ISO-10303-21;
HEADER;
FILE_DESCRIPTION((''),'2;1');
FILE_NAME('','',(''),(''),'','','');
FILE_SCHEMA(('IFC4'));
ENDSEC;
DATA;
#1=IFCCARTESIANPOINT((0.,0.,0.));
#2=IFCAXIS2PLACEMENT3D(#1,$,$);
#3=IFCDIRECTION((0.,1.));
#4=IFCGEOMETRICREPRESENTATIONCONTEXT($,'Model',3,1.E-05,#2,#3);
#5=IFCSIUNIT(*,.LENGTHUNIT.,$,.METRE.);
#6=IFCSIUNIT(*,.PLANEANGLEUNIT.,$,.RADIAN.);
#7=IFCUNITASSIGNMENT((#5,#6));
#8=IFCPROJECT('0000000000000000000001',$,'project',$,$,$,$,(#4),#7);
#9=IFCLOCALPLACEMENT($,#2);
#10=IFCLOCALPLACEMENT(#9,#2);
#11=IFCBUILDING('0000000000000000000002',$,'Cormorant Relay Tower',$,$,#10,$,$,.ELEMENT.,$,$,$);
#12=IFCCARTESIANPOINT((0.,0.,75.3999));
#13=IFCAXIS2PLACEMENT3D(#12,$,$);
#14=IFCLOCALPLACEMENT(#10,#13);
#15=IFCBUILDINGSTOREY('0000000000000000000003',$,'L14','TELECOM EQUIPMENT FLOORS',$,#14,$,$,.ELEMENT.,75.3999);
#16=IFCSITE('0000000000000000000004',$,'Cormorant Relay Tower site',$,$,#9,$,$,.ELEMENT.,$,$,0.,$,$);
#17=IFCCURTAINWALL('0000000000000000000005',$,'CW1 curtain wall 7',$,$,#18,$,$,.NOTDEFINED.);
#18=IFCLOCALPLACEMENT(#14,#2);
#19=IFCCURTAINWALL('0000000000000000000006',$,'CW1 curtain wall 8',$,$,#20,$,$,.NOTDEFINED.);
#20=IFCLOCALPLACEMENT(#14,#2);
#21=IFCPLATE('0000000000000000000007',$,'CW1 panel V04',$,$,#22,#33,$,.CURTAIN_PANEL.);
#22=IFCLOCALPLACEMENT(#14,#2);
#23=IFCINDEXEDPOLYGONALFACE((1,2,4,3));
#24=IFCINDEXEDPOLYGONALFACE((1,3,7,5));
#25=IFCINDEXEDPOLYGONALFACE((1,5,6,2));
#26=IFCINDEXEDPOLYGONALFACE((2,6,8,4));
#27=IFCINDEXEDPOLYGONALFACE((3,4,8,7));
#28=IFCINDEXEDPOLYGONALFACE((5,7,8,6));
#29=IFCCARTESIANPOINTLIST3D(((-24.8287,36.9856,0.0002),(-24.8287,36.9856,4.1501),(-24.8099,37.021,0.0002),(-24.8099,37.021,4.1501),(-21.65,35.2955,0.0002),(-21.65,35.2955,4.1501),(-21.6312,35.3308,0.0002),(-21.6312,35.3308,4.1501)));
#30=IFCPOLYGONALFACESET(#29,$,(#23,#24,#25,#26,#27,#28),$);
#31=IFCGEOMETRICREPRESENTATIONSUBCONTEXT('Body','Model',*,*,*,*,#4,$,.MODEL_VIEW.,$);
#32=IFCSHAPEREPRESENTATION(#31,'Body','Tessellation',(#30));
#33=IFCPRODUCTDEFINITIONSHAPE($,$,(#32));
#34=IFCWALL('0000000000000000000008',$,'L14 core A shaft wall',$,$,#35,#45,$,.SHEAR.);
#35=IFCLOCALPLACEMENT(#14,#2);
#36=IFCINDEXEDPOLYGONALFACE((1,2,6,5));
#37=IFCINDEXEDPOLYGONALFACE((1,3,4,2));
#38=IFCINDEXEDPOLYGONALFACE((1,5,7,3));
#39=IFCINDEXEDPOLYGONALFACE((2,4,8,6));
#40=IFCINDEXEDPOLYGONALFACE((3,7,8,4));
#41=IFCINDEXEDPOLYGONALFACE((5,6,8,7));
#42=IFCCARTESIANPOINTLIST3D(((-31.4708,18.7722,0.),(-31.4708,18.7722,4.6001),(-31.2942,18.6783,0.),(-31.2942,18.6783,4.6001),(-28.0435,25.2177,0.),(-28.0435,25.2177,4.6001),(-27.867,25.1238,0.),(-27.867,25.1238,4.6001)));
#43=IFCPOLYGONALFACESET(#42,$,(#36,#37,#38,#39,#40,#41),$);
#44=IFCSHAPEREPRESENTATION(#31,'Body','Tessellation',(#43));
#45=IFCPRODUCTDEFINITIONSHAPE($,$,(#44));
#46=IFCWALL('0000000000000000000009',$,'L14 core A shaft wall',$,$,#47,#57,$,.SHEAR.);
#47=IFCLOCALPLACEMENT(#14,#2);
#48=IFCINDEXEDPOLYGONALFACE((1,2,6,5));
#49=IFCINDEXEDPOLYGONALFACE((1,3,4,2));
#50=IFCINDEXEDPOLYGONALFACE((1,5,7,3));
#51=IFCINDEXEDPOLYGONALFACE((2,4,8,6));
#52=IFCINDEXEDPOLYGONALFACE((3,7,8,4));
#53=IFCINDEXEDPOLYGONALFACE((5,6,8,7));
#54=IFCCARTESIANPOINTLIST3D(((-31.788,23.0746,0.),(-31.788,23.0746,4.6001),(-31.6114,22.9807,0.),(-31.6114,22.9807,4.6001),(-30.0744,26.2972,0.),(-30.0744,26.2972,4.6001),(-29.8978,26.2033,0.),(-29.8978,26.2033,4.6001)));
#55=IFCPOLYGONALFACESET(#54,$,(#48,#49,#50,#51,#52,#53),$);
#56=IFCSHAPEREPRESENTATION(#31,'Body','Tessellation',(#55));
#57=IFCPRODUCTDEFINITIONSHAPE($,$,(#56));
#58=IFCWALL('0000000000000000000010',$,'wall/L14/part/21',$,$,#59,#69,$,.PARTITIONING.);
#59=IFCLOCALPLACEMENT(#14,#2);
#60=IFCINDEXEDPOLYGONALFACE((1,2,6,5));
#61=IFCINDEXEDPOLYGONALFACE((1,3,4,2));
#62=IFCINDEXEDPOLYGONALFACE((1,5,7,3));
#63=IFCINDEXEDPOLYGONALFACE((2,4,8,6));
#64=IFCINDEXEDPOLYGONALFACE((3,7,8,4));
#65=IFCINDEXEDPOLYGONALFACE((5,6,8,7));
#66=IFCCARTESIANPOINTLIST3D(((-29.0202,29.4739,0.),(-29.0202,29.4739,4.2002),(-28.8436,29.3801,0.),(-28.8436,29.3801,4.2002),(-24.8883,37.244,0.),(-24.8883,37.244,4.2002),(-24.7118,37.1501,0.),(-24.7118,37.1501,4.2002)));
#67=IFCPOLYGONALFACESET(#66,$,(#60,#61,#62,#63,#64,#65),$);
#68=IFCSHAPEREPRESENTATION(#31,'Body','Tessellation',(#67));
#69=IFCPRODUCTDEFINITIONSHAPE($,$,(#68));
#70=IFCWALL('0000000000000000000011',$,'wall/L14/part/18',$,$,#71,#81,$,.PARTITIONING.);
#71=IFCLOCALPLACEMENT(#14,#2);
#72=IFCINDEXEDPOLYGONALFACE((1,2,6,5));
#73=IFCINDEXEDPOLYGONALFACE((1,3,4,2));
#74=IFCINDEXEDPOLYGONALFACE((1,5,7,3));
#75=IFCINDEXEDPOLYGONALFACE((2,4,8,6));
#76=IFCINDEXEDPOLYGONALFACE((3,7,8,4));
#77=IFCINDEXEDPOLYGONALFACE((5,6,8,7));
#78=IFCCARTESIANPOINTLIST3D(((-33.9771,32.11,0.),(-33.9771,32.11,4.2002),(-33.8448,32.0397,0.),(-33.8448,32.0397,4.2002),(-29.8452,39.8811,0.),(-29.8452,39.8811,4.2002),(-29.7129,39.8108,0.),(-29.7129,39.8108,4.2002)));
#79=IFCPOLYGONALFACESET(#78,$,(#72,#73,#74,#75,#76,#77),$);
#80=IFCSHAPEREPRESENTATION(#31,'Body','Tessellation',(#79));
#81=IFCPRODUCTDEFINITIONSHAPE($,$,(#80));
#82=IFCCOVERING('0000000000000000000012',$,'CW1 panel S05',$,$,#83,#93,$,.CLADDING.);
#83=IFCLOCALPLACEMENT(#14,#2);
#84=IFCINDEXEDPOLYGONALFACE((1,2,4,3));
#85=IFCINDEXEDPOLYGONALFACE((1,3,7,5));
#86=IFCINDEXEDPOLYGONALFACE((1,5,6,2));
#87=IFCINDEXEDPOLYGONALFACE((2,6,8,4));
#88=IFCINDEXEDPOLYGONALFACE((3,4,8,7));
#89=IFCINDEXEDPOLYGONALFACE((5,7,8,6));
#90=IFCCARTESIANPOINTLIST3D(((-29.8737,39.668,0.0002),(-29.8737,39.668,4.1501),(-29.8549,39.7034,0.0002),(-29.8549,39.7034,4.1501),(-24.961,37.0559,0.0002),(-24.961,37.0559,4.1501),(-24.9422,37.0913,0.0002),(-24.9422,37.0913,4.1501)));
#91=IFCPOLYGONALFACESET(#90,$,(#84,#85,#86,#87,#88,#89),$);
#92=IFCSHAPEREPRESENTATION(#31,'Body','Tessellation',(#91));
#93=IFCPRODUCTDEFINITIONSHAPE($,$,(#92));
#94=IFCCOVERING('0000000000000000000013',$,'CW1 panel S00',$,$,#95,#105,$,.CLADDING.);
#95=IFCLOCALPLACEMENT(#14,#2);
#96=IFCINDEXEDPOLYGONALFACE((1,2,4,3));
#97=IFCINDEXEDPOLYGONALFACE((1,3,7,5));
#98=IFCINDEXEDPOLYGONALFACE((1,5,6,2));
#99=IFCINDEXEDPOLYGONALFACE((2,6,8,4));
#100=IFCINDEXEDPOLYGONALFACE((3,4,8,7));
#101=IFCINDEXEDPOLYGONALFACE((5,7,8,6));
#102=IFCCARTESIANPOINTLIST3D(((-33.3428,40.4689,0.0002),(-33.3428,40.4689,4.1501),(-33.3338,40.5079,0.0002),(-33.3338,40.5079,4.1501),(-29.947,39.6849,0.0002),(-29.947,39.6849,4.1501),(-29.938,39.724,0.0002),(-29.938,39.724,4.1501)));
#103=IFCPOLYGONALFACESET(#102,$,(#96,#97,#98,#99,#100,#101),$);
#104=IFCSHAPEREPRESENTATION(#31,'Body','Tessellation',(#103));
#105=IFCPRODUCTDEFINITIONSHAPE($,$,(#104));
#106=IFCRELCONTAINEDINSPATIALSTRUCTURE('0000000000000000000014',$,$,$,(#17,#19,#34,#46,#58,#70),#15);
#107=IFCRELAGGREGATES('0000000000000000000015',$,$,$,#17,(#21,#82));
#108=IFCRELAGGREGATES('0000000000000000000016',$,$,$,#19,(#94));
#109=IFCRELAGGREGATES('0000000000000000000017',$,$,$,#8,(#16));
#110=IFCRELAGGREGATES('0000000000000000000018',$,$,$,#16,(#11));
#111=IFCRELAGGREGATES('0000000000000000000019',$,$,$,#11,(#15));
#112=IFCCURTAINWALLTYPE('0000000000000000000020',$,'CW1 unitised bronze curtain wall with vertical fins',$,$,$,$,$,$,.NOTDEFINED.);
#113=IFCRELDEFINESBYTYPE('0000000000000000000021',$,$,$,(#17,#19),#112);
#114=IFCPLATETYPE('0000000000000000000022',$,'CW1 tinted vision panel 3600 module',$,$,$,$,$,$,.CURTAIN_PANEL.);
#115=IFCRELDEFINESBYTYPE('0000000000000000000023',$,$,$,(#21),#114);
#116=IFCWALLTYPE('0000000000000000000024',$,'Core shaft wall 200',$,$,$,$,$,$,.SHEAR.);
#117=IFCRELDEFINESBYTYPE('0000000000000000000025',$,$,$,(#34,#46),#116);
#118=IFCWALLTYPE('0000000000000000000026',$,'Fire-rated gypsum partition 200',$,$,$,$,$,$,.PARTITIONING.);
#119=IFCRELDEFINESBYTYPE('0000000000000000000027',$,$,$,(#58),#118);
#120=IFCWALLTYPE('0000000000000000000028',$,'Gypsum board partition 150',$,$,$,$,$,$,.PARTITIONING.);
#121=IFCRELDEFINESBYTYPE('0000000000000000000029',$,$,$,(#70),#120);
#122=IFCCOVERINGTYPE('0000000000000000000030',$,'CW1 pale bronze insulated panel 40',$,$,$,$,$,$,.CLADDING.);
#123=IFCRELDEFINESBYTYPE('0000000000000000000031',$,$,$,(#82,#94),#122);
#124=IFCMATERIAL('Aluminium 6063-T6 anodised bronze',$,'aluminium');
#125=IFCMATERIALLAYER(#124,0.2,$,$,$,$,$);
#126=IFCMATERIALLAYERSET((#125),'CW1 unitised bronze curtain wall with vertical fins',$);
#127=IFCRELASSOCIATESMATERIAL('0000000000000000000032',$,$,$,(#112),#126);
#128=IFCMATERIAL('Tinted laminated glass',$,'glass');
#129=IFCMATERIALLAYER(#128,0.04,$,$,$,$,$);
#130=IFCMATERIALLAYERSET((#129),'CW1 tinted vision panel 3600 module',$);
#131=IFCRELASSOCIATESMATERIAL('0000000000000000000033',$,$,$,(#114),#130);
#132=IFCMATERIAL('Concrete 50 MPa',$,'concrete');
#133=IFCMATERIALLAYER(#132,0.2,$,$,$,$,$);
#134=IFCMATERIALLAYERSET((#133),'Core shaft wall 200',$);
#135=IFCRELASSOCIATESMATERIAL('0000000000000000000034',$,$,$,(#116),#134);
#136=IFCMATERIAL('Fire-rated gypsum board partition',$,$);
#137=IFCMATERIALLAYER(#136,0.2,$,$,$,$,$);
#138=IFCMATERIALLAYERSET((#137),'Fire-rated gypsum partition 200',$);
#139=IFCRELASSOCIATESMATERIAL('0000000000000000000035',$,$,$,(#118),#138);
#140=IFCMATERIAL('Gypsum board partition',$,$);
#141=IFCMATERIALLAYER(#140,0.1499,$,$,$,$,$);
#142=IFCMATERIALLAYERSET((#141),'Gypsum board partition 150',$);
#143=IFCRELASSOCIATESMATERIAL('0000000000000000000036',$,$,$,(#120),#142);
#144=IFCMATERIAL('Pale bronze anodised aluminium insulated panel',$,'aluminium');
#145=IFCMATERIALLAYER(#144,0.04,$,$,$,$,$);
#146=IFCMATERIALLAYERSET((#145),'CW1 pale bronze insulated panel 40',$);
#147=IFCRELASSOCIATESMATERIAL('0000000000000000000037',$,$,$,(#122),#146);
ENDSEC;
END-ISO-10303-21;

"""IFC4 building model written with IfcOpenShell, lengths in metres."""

from ifc_helpers import new_model, si_unit, direction, frame, frame_2d, origin, origin_2d, place, context, subcontext, project, spatial, rectangle, extrude, material, layer, layer_set, type_object, element, aggregate, save


model = new_model("IFC4")

# Units and contexts
model_context = context("Model", 3, precision=1e-05, world=origin(), true_north=direction((0.0, 1.0)))
body_context = subcontext(model_context, "Body", "Model", "MODEL_VIEW")
ifc_project = project(units=[si_unit("LENGTHUNIT", "METRE"), si_unit("PLANEANGLEUNIT", "RADIAN")], contexts=[model_context])

# Site, building, storey
site_placement = place(None, origin())
site = spatial("IfcSite", under=ifc_project, at=site_placement, Name="Cormorant Relay Tower site", CompositionType="ELEMENT", RefElevation=0.0)
building_placement = place(site_placement, origin())
building = spatial("IfcBuilding", under=site, at=building_placement, Name="Cormorant Relay Tower", CompositionType="ELEMENT")
storey_placement = place(building_placement, frame((0.0, 0.0, 75.3999)))
storey = spatial("IfcBuildingStorey", under=building, at=storey_placement, Name="L14", Description="TELECOM EQUIPMENT FLOORS", CompositionType="ELEMENT", Elevation=75.3999)

# Curtain wall
ifc_material_1 = material(Name="Aluminium 6063-T6 anodised bronze", Category="aluminium")
ifc_layer_1 = layer(ifc_material_1, 0.2)
ifc_layer_set_1 = layer_set([ifc_layer_1], Name="CW1 unitised bronze curtain wall with vertical fins")
curtain_wall_type = type_object("IfcCurtainWallType", Name="CW1 unitised bronze curtain wall with vertical fins", PredefinedType="NOTDEFINED", material=ifc_layer_set_1)
curtain_wall_1_placement = place(storey_placement, origin())
curtain_wall_1 = element("IfcCurtainWall", 1, at=curtain_wall_1_placement, inside=storey, type_object=curtain_wall_type, Name="CW1 curtain wall 7", PredefinedType="NOTDEFINED")

# Curtain wall
curtain_wall_2_placement = place(storey_placement, origin())
curtain_wall_2 = element("IfcCurtainWall", 2, at=curtain_wall_2_placement, inside=storey, type_object=curtain_wall_type, Name="CW1 curtain wall 8", PredefinedType="NOTDEFINED")

# Plate
ifc_material_2 = material(Name="Tinted laminated glass", Category="glass")
ifc_layer_2 = layer(ifc_material_2, 0.04)
ifc_layer_set_2 = layer_set([ifc_layer_2], Name="CW1 tinted vision panel 3600 module")
plate_type = type_object("IfcPlateType", Name="CW1 tinted vision panel 3600 module", PredefinedType="CURTAIN_PANEL", material=ifc_layer_set_2)
plate_placement = place(storey_placement, frame((-23.23, 36.1582, 0.0002), z_axis=(0.0, 0.0, 1.0), x_axis=(-0.882948, 0.469472, 0.0)))
plate = element("IfcPlate", 3, at=plate_placement, type_object=plate_type, Name="CW1 panel V04", PredefinedType="CURTAIN_PANEL", context=body_context, shape_type="SweptSolid", body=[
    extrude(rectangle(XDim=3.6001, YDim=0.04, at=origin_2d()), origin(), (0.0, 0.0, 1.0), 4.1499),
])

# Walls
ifc_material_3 = material(Name="Concrete 50 MPa", Category="concrete")
ifc_layer_3 = layer(ifc_material_3, 0.2)
ifc_layer_set_3 = layer_set([ifc_layer_3], Name="Core shaft wall 200")
wall_type_1 = type_object("IfcWallType", Name="Core shaft wall 200", PredefinedType="SHEAR", material=ifc_layer_set_3)
wall_1_placement = place(storey_placement, frame((-27.9553, 25.1707, 0.0), z_axis=(0.0, 0.0, 1.0), x_axis=(-0.46948, -0.882943, 0.0)))
element("IfcWall", 4, at=wall_1_placement, inside=storey, type_object=wall_type_1, Name="L14 core A shaft wall", PredefinedType="SHEAR", context=body_context, shape_type="SweptSolid", body=[
    extrude(rectangle(XDim=7.3, YDim=0.2, at=frame_2d((3.6499, 0.0))), origin(), (0.0, 0.0, 1.0), 4.6001),
])
wall_2_placement = place(storey_placement, frame((-29.9861, 26.2502, 0.0), z_axis=(0.0, 0.0, 1.0), x_axis=(-0.469494, -0.882936, 0.0)))
element("IfcWall", 5, at=wall_2_placement, inside=storey, type_object=wall_type_1, Name="L14 core A shaft wall", PredefinedType="SHEAR", context=body_context, shape_type="SweptSolid", body=[
    extrude(rectangle(XDim=3.6499, YDim=0.2, at=frame_2d((1.825, 0.0))), origin(), (0.0, 0.0, 1.0), 4.6001),
])

# Walls
ifc_material_4 = material(Name="Fire-rated gypsum board partition")
ifc_layer_4 = layer(ifc_material_4, 0.2)
ifc_layer_set_4 = layer_set([ifc_layer_4], Name="Fire-rated gypsum partition 200")
wall_type_2 = type_object("IfcWallType", Name="Fire-rated gypsum partition 200", PredefinedType="PARTITIONING", material=ifc_layer_set_4)
wall_3_placement = place(storey_placement, frame((-24.8, 37.197, 0.0), z_axis=(0.0, 0.0, 1.0), x_axis=(-0.469511, -0.882927, 0.0)))
element("IfcWall", 6, at=wall_3_placement, inside=storey, type_object=wall_type_2, Name="wall/L14/part/21", PredefinedType="PARTITIONING", context=body_context, shape_type="SweptSolid", body=[
    extrude(rectangle(XDim=8.8003, YDim=0.2, at=frame_2d((4.4001, 0.0))), origin(), (0.0, 0.0, 1.0), 4.2002),
])
ifc_material_5 = material(Name="Gypsum board partition")
ifc_layer_5 = layer(ifc_material_5, 0.1499)
ifc_layer_set_5 = layer_set([ifc_layer_5], Name="Gypsum board partition 150")
wall_type_3 = type_object("IfcWallType", Name="Gypsum board partition 150", PredefinedType="PARTITIONING", material=ifc_layer_set_5)
wall_4_placement = place(storey_placement, frame((-29.7791, 39.8459, 0.0), z_axis=(0.0, 0.0, 1.0), x_axis=(-0.469465, -0.882951, 0.0)))
element("IfcWall", 7, at=wall_4_placement, inside=storey, type_object=wall_type_3, Name="wall/L14/part/18", PredefinedType="PARTITIONING", context=body_context, shape_type="SweptSolid", body=[
    extrude(rectangle(XDim=8.8013, YDim=0.1499, at=frame_2d((4.4006, 0.0))), origin(), (0.0, 0.0, 1.0), 4.2002),
])

# Coverings
ifc_material_6 = material(Name="Pale bronze anodised aluminium insulated panel", Category="aluminium")
ifc_layer_6 = layer(ifc_material_6, 0.04)
ifc_layer_set_6 = layer_set([ifc_layer_6], Name="CW1 pale bronze insulated panel 40")
covering_type = type_object("IfcCoveringType", Name="CW1 pale bronze insulated panel 40", PredefinedType="CLADDING", material=ifc_layer_set_6)
covering_1_placement = place(storey_placement, frame((-27.408, 38.3796, 0.0002), z_axis=(0.0, 0.0, 1.0), x_axis=(-0.882948, 0.469472, 0.0)))
covering_1 = element("IfcCovering", 8, at=covering_1_placement, type_object=covering_type, Name="CW1 panel S05", PredefinedType="CLADDING", context=body_context, shape_type="SweptSolid", body=[
    extrude(rectangle(XDim=5.564, YDim=0.04, at=origin_2d()), origin(), (0.0, 0.0, 1.0), 4.1499),
])
aggregate(curtain_wall_1, [plate, covering_1])
covering_2_placement = place(storey_placement, frame((-31.6404, 40.0964, 0.0002), z_axis=(0.0, 0.0, 1.0), x_axis=(-0.97437, 0.224951, 0.0)))
covering_2 = element("IfcCovering", 9, at=covering_2_placement, type_object=covering_type, Name="CW1 panel S00", PredefinedType="CLADDING", context=body_context, shape_type="SweptSolid", body=[
    extrude(rectangle(XDim=3.4851, YDim=0.04, at=origin_2d()), origin(), (0.0, 0.0, 1.0), 4.1499),
])
aggregate(curtain_wall_2, [covering_2])

save(model, "model.ifc")
